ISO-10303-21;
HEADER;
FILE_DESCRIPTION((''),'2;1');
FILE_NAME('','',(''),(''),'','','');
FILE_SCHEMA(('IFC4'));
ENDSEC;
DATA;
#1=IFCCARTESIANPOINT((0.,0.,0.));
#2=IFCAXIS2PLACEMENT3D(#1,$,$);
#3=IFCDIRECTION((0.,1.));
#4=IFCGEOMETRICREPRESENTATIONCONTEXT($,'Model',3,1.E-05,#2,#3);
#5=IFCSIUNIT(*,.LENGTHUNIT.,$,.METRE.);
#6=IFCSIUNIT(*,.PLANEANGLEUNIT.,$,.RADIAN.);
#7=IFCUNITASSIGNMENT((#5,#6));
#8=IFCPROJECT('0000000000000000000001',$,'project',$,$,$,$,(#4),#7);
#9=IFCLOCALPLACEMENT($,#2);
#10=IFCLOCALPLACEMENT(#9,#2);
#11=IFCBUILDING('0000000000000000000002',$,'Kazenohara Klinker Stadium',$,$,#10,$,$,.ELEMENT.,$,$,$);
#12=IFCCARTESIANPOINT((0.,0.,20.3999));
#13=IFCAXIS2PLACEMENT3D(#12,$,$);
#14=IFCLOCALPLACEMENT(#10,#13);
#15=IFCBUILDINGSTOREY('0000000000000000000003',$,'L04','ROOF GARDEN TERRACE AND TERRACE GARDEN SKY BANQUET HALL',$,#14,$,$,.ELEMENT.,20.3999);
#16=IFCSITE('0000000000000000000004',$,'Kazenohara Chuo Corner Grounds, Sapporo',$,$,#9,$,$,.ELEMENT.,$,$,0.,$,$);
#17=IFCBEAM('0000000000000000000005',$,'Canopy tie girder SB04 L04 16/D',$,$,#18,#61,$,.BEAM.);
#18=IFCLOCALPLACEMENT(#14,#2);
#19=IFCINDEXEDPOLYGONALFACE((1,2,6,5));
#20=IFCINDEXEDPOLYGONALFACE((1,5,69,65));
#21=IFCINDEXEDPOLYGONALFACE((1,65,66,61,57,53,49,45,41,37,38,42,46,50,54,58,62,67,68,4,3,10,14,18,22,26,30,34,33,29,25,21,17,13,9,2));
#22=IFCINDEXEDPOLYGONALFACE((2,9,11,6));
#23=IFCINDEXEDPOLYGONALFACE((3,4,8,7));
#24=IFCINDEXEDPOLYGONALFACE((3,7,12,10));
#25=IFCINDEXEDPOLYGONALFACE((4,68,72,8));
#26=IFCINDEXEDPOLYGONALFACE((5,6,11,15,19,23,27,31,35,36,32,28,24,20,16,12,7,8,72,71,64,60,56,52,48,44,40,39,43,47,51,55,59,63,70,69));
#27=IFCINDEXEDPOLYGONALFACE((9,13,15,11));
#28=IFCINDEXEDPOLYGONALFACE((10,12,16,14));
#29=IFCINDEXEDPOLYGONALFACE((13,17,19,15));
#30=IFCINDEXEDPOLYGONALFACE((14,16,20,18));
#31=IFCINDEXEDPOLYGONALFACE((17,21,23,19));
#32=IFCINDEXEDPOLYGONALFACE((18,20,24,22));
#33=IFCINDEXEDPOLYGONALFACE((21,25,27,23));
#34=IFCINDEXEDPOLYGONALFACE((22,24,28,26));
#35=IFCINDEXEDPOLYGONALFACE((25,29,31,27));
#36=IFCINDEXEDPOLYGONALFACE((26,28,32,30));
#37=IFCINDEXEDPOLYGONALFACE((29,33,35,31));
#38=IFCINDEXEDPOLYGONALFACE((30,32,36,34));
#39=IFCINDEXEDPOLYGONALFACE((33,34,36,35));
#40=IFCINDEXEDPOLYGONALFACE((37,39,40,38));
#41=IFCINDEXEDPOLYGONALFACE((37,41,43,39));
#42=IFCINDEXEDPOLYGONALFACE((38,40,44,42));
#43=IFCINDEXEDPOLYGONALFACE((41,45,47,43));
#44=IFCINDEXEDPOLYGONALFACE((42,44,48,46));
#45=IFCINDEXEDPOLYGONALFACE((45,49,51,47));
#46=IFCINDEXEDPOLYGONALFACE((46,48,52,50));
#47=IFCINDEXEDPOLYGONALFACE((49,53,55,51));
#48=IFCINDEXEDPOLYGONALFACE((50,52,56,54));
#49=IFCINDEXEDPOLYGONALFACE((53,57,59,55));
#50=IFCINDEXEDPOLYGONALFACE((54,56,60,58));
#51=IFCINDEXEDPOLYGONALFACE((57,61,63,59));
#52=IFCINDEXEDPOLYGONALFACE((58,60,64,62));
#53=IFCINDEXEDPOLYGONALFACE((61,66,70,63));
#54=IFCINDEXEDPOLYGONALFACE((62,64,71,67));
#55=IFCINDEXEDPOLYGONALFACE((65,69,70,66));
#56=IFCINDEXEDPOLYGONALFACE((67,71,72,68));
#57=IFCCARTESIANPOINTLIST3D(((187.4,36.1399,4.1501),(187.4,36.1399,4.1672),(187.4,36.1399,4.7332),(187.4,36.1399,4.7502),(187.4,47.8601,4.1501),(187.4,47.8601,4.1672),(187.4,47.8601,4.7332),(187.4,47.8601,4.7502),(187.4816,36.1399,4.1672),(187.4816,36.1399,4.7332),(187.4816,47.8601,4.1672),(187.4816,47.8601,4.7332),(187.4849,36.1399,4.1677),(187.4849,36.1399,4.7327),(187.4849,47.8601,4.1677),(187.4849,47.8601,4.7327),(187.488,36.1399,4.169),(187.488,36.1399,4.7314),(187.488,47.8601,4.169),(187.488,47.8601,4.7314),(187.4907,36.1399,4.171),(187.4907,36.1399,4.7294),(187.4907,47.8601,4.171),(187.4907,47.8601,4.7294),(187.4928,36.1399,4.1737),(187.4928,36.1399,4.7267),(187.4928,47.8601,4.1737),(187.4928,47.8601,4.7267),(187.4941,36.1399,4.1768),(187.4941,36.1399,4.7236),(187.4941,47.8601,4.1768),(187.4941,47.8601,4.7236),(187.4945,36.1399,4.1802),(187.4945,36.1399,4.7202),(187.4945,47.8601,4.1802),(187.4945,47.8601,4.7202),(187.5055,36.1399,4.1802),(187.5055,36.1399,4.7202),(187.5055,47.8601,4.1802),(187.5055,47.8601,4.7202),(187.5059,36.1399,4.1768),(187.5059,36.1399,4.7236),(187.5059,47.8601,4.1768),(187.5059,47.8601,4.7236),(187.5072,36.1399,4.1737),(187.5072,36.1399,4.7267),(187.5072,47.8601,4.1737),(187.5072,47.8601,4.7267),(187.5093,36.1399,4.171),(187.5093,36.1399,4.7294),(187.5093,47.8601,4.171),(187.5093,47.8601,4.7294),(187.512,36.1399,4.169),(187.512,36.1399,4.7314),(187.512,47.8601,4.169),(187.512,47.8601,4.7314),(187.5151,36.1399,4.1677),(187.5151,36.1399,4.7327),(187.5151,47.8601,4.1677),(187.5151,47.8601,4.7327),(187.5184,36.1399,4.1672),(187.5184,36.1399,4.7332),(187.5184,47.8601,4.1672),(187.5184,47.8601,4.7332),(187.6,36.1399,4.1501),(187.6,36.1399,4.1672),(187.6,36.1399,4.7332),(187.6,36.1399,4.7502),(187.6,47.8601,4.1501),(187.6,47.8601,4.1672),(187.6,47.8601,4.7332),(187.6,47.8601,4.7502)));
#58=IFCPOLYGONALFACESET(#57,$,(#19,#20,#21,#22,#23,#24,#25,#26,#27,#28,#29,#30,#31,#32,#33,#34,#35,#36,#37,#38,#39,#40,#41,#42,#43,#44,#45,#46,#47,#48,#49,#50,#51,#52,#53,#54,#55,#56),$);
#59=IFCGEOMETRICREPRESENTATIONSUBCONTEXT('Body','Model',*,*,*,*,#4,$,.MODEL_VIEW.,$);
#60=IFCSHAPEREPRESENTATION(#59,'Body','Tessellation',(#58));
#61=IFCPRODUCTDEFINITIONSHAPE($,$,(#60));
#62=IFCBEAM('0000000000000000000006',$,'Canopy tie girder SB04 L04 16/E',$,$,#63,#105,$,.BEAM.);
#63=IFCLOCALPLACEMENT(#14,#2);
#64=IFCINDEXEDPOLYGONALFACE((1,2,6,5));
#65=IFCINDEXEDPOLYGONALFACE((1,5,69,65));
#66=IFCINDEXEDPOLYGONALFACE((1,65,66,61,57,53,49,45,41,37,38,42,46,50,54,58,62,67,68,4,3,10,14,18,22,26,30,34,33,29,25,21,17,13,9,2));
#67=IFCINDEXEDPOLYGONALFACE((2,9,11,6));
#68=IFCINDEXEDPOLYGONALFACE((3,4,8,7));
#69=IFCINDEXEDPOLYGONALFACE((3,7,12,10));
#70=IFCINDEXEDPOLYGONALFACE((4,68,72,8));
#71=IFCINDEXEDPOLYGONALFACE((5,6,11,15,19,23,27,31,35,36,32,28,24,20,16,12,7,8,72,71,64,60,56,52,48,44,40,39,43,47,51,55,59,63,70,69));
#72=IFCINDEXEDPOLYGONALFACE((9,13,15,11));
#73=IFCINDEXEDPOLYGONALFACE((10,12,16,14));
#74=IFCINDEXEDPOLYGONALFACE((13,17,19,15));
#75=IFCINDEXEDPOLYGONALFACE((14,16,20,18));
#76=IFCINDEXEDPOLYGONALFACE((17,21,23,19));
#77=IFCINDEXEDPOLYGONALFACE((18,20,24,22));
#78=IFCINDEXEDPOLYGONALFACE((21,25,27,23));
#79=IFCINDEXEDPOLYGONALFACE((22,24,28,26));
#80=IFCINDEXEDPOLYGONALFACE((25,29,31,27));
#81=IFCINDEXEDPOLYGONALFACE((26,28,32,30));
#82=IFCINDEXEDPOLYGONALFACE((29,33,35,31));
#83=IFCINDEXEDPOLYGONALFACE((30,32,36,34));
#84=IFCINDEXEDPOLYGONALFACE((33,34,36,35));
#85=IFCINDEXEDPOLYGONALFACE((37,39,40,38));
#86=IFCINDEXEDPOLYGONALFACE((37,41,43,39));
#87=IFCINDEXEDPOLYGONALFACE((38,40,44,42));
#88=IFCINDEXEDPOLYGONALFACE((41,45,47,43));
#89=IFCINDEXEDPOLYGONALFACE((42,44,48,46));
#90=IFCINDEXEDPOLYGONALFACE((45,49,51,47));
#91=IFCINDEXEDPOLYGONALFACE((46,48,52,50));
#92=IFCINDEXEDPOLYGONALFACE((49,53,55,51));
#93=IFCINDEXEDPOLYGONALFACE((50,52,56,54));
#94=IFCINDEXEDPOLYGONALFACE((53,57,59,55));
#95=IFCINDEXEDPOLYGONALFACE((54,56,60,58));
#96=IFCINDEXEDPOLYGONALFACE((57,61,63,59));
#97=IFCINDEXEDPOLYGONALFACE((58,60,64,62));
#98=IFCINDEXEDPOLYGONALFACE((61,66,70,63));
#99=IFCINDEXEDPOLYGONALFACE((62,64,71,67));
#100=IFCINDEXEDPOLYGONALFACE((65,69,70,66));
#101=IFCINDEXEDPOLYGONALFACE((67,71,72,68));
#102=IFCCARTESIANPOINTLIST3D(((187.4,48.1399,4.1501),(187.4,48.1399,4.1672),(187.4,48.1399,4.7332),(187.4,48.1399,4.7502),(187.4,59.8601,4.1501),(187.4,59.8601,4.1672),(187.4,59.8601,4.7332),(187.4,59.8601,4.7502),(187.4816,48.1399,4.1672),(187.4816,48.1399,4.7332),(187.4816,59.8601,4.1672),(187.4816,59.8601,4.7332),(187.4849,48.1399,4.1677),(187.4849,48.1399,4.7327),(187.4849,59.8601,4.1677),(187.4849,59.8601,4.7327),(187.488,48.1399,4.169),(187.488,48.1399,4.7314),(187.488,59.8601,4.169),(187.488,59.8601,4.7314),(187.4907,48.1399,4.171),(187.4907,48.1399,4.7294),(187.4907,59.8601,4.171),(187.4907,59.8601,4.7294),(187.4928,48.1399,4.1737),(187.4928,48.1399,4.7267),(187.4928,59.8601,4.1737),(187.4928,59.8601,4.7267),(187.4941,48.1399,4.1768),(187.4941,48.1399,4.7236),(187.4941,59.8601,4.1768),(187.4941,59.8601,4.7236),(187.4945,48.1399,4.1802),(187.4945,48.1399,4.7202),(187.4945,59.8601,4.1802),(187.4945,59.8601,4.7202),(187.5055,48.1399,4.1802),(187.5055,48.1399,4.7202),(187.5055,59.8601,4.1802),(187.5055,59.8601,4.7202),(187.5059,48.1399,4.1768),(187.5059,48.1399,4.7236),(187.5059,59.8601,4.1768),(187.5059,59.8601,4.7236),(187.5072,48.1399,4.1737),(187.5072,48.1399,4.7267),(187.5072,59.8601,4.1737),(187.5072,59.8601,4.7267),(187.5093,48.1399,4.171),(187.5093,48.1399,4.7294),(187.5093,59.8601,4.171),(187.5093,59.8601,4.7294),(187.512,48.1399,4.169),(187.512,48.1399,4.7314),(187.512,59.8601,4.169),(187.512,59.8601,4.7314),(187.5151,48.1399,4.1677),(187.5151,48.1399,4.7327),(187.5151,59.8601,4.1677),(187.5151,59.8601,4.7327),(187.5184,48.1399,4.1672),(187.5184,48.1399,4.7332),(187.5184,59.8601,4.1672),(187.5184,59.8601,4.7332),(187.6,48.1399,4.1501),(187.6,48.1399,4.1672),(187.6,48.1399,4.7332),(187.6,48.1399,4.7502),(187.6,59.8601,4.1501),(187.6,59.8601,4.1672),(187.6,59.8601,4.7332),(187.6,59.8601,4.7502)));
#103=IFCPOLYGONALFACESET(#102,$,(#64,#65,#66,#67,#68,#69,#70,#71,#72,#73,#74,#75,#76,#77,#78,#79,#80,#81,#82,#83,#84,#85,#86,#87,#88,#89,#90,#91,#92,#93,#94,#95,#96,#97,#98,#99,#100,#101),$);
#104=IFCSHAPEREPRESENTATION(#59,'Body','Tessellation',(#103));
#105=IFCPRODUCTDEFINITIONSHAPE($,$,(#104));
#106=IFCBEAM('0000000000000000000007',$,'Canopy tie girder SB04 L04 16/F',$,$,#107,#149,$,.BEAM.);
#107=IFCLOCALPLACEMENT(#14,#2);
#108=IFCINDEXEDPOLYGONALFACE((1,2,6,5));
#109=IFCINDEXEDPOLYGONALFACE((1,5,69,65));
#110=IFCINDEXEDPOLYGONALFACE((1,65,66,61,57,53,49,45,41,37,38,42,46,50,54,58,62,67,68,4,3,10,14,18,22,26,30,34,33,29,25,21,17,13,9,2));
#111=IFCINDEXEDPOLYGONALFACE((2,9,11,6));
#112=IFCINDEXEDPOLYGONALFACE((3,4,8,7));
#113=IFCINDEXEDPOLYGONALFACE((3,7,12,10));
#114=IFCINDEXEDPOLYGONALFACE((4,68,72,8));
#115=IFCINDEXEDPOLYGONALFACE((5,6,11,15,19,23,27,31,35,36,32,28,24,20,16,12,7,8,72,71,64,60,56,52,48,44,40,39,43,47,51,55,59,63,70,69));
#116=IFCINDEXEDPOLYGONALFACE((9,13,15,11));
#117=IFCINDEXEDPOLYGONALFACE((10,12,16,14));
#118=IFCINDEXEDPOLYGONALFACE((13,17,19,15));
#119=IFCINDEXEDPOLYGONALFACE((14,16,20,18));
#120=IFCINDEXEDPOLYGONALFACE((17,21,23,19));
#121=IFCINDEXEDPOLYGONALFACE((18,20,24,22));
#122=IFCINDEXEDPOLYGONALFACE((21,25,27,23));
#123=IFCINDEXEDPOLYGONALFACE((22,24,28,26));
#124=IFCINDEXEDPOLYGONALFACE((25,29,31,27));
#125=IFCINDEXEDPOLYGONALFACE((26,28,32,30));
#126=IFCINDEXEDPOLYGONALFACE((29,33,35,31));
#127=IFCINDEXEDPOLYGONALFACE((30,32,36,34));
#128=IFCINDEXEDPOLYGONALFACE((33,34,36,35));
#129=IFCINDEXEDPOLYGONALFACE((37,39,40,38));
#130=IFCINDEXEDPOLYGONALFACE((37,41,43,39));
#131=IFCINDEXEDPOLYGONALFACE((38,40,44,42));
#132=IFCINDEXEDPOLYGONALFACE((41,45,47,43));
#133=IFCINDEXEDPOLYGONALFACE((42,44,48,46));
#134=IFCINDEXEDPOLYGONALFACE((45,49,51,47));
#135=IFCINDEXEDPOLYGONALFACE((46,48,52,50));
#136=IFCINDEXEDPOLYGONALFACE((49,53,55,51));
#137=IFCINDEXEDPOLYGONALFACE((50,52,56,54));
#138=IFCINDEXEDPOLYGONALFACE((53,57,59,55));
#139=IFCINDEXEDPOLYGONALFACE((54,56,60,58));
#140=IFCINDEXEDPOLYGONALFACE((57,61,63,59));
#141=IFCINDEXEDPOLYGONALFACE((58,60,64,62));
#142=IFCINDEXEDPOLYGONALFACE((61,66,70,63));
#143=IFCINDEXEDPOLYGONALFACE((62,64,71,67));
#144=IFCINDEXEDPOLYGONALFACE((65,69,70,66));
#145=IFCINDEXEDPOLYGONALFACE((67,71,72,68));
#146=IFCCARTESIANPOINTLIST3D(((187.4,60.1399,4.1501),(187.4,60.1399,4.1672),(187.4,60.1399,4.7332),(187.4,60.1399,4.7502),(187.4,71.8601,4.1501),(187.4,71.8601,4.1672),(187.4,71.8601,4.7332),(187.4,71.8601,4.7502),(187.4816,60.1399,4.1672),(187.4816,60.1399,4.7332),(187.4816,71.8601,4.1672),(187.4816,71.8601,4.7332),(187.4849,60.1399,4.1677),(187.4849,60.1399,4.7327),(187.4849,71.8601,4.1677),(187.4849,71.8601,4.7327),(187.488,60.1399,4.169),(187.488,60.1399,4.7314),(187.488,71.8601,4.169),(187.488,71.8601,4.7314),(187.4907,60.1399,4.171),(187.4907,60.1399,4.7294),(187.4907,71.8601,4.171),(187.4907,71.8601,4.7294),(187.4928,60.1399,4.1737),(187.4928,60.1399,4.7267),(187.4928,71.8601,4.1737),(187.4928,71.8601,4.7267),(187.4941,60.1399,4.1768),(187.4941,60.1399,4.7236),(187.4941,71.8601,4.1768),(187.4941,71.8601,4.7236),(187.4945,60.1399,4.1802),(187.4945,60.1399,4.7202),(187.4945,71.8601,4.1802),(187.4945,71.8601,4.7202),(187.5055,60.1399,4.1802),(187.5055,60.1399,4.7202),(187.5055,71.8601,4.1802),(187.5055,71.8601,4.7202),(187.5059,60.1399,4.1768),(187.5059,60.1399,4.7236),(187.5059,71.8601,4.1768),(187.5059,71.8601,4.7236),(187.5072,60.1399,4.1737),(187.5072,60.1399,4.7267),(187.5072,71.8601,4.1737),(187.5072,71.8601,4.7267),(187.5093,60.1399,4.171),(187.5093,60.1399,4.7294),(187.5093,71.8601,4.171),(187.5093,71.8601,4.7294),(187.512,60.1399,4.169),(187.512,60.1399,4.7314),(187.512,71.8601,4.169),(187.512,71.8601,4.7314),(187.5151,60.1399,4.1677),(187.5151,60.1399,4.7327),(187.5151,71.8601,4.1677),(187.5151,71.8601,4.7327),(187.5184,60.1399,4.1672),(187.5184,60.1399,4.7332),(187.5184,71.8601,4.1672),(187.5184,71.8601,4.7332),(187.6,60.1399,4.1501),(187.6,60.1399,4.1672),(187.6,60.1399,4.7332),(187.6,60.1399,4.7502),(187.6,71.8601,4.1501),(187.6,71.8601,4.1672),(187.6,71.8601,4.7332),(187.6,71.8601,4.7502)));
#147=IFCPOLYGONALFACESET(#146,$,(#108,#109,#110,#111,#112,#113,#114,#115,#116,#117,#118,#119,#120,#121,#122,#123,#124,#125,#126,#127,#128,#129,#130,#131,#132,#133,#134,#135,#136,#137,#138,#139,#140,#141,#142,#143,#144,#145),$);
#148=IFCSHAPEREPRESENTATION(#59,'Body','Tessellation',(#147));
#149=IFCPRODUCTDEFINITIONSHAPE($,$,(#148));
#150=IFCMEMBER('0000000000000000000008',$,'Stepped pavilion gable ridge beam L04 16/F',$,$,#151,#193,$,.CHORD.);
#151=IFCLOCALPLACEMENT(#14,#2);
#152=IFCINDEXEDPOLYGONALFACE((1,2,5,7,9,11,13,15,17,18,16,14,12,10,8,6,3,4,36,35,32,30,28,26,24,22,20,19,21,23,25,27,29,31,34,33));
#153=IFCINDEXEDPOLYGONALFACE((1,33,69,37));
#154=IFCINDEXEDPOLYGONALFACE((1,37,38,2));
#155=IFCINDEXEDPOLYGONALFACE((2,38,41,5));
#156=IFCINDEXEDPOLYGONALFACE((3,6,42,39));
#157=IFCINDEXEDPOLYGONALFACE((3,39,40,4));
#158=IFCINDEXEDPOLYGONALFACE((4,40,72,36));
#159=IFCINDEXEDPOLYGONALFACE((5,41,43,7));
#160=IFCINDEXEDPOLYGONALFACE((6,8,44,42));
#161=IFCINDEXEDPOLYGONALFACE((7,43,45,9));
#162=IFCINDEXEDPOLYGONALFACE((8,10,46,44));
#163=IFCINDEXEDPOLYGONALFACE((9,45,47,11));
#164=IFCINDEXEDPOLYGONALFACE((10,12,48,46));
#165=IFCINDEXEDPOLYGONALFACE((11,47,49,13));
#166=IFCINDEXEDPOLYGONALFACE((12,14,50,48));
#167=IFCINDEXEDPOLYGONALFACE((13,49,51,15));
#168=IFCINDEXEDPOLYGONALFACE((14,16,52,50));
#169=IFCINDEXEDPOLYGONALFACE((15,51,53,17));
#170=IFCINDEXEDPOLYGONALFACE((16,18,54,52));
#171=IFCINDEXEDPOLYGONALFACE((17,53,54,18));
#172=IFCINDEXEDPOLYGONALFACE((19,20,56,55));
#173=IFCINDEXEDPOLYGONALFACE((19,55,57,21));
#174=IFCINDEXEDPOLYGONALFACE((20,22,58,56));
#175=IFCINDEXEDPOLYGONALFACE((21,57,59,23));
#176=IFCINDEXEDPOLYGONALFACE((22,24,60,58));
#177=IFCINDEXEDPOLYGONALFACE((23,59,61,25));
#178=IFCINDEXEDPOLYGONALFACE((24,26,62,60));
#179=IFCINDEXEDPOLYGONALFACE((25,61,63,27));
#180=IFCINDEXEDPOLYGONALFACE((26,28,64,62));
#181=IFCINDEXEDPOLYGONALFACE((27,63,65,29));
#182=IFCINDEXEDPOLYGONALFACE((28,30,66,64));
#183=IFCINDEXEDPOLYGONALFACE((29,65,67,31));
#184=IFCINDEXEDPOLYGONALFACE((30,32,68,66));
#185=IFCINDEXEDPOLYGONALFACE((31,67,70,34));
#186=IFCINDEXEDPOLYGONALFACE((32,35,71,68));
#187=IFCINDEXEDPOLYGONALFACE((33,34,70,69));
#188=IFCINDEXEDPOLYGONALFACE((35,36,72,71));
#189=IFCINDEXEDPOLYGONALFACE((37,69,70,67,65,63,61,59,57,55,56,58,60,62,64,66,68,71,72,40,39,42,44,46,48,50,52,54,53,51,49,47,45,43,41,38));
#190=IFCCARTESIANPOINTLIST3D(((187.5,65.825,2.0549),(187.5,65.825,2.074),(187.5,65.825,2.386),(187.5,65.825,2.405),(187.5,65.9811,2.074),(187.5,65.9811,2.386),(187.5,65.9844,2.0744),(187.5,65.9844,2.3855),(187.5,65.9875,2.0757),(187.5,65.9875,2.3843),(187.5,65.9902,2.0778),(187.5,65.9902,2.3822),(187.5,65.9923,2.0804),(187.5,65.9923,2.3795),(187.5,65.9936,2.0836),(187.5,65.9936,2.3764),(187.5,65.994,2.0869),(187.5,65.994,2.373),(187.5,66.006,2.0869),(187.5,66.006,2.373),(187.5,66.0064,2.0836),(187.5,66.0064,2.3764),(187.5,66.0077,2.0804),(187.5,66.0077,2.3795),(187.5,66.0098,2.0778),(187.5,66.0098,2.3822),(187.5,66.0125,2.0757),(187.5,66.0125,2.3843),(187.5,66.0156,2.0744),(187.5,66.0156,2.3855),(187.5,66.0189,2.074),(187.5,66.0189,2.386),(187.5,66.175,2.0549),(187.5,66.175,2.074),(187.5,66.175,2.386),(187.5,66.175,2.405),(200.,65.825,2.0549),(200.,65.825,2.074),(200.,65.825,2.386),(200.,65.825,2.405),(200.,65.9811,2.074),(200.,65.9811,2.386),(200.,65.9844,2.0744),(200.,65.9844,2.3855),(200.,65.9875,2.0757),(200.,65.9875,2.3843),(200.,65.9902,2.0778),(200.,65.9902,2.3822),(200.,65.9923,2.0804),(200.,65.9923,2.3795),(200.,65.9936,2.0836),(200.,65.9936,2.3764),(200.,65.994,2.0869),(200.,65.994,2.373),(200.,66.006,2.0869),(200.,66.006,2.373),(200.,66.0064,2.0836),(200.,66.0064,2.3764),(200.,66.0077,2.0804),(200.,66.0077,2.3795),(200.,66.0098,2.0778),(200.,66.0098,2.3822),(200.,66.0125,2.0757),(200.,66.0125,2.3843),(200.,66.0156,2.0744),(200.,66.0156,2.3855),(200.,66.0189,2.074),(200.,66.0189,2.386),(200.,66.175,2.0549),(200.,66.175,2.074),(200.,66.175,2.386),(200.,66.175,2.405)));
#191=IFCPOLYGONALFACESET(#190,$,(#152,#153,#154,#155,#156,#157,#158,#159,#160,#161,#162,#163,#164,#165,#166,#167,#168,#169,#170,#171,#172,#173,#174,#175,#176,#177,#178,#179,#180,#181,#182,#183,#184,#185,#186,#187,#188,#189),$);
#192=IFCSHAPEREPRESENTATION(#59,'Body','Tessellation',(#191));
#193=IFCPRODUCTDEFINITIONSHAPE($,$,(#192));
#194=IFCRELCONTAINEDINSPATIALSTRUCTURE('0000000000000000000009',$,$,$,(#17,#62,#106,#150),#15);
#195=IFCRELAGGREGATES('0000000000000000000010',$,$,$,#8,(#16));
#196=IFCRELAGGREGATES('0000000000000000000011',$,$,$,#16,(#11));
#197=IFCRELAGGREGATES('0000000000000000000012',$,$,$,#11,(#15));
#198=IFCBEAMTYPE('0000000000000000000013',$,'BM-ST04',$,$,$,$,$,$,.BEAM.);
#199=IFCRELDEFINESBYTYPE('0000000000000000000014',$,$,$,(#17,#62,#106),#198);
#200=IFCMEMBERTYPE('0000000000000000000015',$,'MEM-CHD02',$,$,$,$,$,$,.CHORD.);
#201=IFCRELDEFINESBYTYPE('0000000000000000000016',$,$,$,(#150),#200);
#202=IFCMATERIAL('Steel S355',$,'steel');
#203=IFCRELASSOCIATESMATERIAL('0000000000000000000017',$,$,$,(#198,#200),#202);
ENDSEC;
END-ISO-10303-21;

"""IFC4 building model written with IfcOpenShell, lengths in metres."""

from ifc_helpers import new_model, si_unit, direction, frame, origin, origin_2d, place, context, subcontext, project, spatial, i_section, extrude, material, material_profile, profile_set, type_object, element, save


model = new_model("IFC4")

# Units and contexts
model_context = context("Model", 3, precision=1e-05, world=origin(), true_north=direction((0.0, 1.0)))
body_context = subcontext(model_context, "Body", "Model", "MODEL_VIEW")
ifc_project = project(units=[si_unit("LENGTHUNIT", "METRE"), si_unit("PLANEANGLEUNIT", "RADIAN")], contexts=[model_context])

# Site, building, storey
site_placement = place(None, origin())
site = spatial("IfcSite", under=ifc_project, at=site_placement, Name="Kazenohara Chuo Corner Grounds, Sapporo", CompositionType="ELEMENT", RefElevation=0.0)
building_placement = place(site_placement, origin())
building = spatial("IfcBuilding", under=site, at=building_placement, Name="Kazenohara Klinker Stadium", CompositionType="ELEMENT")
storey_placement = place(building_placement, frame((0.0, 0.0, 20.3999)))
storey = spatial("IfcBuildingStorey", under=building, at=storey_placement, Name="L04", Description="ROOF GARDEN TERRACE AND TERRACE GARDEN SKY BANQUET HALL", CompositionType="ELEMENT", Elevation=20.3999)

# Shared definitions
ifc_material_1 = material(Name="Steel S355", Category="steel")

# Beams
ifc_material_profile_1 = material_profile(ifc_material_1, i_section(OverallWidth=0.2, OverallDepth=0.6001, WebThickness=0.011, FlangeThickness=0.0171, FilletRadius=0.0129, at=origin_2d()), Name="H-600x200x11x17")
ifc_profile_set_1 = profile_set([ifc_material_profile_1], Name="Steel S355")
beam_type_1 = type_object("IfcBeamType", Name="BM-ST04", PredefinedType="BEAM", material=ifc_profile_set_1)
for number, where, z_axis, x_axis, name in (
    (1, (187.5, 36.1399, 4.4502), (0.0, 1.0, 0.0), (-1.0, 0.0, 0.0), "Canopy tie girder SB04 L04 16/D"),
    (2, (187.5, 48.1399, 4.4502), (0.0, 1.0, 0.0), (-1.0, 0.0, 0.0), "Canopy tie girder SB04 L04 16/E"),
    (3, (187.5, 60.1399, 4.4502), (0.0, 1.0, 0.0), (-1.0, 0.0, 0.0), "Canopy tie girder SB04 L04 16/F"),
):
    element("IfcBeam", number, at=place(storey_placement, frame(where, z_axis=z_axis, x_axis=x_axis)), inside=storey, type_object=beam_type_1, Name=name, PredefinedType="BEAM", context=body_context, shape_type="SweptSolid", body=[
        extrude(i_section(OverallWidth=0.2, OverallDepth=0.6001, WebThickness=0.011, FlangeThickness=0.0171, FilletRadius=0.0129, at=origin_2d()), origin(), (0.0, 0.0, 1.0), 11.7202),
    ])

# Member
ifc_material_profile_2 = material_profile(ifc_material_1, i_section(OverallWidth=0.3501, OverallDepth=0.3501, WebThickness=0.012, FlangeThickness=0.019, FilletRadius=0.0129, at=origin_2d()), Name="H-350x350x12x19")
ifc_profile_set_2 = profile_set([ifc_material_profile_2], Name="Steel S355")
member_type_1 = type_object("IfcMemberType", Name="MEM-CHD02", PredefinedType="CHORD", material=ifc_profile_set_2)
member_placement = place(storey_placement, frame((187.5, 66.0, 2.23), z_axis=(1.0, 0.0, 0.0), x_axis=(0.0, 1.0, 0.0)))
element("IfcMember", 4, at=member_placement, inside=storey, type_object=member_type_1, Name="Stepped pavilion gable ridge beam L04 16/F", PredefinedType="CHORD", context=body_context, shape_type="SweptSolid", body=[
    extrude(i_section(OverallWidth=0.3501, OverallDepth=0.3501, WebThickness=0.012, FlangeThickness=0.019, FilletRadius=0.0129, at=origin_2d()), origin(), (0.0, 0.0, 1.0), 12.5),
])

save(model, "model.ifc")
